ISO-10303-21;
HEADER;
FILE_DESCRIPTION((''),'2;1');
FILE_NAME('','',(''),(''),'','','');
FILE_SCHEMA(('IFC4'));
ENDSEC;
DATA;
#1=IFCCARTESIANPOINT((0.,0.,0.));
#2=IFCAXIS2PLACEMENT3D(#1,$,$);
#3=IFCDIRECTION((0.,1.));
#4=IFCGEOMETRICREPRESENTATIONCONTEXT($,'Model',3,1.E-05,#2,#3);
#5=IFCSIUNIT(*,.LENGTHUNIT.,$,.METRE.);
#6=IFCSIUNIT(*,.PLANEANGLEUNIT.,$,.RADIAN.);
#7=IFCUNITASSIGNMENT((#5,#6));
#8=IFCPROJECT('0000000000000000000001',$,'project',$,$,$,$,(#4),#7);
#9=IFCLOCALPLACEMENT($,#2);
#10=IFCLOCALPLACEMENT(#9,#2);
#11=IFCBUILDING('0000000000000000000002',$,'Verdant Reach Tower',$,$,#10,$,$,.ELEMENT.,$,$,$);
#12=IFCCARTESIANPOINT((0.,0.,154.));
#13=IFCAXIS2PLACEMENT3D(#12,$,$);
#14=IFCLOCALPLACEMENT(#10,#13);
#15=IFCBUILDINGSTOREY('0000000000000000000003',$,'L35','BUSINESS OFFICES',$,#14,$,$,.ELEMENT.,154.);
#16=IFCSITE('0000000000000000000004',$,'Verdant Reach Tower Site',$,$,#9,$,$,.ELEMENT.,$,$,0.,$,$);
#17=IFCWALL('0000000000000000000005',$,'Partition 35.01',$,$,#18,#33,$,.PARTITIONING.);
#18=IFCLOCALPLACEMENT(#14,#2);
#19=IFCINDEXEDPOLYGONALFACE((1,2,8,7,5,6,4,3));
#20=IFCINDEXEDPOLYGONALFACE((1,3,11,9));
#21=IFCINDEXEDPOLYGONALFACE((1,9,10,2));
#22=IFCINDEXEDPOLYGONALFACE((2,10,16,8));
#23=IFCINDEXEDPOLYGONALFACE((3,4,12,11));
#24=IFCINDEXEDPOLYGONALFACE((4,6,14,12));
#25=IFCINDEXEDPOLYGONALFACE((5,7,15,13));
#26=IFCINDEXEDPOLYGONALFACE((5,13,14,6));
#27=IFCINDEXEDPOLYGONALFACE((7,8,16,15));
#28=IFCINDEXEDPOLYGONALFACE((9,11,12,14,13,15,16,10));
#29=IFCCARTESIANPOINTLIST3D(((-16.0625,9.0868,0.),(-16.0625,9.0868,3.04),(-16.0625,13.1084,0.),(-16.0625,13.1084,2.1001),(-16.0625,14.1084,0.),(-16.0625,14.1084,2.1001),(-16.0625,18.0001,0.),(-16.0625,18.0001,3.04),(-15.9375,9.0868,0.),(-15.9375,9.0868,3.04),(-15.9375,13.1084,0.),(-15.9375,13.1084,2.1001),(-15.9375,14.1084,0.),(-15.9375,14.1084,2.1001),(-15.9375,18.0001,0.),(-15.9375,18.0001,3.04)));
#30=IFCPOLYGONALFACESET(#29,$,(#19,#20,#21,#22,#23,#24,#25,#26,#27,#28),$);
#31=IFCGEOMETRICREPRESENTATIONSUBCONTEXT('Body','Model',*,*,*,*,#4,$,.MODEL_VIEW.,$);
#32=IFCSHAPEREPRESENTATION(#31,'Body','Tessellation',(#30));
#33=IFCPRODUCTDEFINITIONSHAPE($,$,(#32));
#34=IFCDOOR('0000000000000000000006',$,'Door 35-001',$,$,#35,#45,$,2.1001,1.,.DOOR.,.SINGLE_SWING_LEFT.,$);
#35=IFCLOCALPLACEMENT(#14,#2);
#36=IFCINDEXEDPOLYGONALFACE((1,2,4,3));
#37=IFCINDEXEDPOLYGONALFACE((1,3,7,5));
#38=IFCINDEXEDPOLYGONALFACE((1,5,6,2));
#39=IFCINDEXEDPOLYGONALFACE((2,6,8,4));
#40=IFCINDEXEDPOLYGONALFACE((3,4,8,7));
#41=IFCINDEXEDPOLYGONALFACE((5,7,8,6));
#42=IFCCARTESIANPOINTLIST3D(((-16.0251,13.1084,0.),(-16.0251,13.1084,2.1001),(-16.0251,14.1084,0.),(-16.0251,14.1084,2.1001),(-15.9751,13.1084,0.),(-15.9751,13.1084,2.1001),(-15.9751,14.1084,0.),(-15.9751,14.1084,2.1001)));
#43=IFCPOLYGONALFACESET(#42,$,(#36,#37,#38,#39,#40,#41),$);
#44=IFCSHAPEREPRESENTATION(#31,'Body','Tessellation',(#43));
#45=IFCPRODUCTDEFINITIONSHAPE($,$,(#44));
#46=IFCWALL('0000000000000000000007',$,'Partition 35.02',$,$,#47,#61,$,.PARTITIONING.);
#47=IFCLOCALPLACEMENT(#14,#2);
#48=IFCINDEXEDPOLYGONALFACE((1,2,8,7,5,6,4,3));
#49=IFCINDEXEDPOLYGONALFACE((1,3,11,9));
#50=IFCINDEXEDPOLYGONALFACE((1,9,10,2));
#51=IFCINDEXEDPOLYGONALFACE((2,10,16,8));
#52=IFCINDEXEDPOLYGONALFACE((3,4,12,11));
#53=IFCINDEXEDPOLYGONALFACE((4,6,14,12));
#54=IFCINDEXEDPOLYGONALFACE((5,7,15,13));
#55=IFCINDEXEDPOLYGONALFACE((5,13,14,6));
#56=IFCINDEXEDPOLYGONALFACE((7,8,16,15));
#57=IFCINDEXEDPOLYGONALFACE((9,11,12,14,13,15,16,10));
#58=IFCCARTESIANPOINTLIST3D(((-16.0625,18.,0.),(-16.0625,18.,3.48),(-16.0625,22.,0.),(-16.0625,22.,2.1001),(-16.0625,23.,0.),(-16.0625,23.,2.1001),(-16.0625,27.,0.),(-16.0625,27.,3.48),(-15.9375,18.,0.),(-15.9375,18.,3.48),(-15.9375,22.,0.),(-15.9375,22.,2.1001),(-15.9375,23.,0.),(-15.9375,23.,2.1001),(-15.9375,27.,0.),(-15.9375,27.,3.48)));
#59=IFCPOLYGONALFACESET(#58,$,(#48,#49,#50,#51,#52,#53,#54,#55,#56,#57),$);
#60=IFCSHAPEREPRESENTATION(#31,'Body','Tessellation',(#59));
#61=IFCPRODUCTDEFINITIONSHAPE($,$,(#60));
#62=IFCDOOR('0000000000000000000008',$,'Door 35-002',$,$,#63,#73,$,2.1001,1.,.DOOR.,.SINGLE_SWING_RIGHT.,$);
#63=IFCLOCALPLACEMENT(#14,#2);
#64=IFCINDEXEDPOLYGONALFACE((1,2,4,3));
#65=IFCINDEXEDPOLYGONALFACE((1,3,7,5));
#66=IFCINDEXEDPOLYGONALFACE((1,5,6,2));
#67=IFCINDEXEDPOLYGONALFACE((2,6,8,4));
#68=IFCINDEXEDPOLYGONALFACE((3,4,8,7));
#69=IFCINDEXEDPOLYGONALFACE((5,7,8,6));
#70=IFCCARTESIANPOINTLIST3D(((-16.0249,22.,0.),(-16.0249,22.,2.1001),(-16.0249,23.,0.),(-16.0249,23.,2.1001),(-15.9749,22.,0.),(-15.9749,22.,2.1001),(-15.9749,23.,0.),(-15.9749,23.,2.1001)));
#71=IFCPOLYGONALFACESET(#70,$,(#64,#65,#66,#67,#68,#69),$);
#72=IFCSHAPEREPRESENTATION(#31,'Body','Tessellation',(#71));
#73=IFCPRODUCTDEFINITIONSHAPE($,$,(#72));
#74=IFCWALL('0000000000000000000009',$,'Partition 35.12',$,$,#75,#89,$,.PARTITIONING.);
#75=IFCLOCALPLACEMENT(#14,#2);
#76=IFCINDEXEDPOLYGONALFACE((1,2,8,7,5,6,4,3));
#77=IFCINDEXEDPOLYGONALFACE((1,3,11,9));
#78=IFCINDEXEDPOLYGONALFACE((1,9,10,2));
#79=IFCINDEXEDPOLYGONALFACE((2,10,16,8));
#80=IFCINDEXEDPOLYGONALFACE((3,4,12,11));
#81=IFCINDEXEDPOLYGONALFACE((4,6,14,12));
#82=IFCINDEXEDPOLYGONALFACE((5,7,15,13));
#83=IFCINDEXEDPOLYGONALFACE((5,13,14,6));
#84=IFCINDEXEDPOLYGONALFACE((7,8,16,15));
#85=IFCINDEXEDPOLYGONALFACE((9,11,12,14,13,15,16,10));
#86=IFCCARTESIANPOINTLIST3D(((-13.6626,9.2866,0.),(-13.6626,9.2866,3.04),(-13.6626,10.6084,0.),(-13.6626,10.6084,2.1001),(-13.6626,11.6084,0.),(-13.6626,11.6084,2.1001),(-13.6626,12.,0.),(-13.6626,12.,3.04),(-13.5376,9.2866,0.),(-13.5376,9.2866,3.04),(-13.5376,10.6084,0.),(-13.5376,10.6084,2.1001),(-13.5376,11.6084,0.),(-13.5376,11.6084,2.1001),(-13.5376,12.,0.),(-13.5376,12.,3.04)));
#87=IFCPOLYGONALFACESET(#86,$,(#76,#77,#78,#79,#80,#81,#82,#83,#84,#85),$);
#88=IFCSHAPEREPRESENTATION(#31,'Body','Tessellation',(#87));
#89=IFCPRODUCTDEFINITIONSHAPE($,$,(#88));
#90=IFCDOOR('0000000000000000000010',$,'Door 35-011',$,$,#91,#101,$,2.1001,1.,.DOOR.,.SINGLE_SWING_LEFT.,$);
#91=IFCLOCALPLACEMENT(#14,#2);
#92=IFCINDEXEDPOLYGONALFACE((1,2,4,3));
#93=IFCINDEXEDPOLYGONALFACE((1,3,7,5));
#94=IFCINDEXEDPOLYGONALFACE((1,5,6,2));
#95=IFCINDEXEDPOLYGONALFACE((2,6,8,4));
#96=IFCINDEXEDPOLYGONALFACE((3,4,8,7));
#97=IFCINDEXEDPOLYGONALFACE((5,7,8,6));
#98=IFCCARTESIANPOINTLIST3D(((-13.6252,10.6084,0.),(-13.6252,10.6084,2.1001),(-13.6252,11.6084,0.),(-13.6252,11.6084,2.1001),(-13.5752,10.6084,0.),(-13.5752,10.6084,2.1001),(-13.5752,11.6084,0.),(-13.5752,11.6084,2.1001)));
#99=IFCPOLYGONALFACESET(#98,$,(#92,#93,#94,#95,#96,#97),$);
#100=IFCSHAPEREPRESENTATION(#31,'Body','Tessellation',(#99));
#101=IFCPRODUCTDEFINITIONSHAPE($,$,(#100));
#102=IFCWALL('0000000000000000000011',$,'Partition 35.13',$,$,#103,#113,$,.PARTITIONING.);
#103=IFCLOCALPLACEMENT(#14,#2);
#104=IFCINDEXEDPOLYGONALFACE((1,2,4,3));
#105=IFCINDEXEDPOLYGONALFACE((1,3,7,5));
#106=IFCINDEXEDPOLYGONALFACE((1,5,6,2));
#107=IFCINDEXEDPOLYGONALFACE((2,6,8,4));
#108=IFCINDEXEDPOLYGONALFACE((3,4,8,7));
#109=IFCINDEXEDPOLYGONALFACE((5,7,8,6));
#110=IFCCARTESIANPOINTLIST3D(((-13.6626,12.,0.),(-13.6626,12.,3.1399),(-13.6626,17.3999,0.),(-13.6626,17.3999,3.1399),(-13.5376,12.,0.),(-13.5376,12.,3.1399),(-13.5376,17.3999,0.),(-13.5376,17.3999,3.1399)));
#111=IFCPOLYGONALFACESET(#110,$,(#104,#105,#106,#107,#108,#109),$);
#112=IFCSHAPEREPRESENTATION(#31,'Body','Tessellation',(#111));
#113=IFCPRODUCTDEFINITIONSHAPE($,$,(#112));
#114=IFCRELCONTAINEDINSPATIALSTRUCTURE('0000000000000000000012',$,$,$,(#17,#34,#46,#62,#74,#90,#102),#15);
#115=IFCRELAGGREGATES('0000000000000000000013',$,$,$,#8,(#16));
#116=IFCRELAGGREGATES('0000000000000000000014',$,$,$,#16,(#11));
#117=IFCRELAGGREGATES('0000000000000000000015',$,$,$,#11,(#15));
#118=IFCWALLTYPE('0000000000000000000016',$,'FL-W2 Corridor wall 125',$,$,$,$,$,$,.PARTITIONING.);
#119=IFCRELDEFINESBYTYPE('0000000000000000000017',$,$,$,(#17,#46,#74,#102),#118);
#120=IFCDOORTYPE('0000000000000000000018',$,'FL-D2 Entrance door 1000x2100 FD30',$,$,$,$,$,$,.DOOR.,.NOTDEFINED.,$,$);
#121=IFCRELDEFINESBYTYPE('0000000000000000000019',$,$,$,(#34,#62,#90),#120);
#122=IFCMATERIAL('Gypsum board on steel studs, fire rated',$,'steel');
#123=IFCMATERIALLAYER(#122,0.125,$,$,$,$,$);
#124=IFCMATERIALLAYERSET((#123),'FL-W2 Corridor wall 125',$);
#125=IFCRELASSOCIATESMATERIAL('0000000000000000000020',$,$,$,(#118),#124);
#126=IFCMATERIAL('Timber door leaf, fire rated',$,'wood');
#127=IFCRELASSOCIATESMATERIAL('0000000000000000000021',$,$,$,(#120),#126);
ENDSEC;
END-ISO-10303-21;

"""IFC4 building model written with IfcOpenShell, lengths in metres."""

from ifc_helpers import new_model, si_unit, direction, frame, frame_2d, origin, place, context, subcontext, project, spatial, rectangle, extrude, material, layer, layer_set, type_object, element, fill, save


model = new_model("IFC4")

# Units and contexts
model_context = context("Model", 3, precision=1e-05, world=origin(), true_north=direction((0.0, 1.0)))
body_context = subcontext(model_context, "Body", "Model", "MODEL_VIEW")
ifc_project = project(units=[si_unit("LENGTHUNIT", "METRE"), si_unit("PLANEANGLEUNIT", "RADIAN")], contexts=[model_context])

# Site, building, storey
site_placement = place(None, origin())
site = spatial("IfcSite", under=ifc_project, at=site_placement, Name="Verdant Reach Tower Site", CompositionType="ELEMENT", RefElevation=0.0)
building_placement = place(site_placement, origin())
building = spatial("IfcBuilding", under=site, at=building_placement, Name="Verdant Reach Tower", CompositionType="ELEMENT")
storey_placement = place(building_placement, frame((0.0, 0.0, 154.0)))
storey = spatial("IfcBuildingStorey", under=building, at=storey_placement, Name="L35", Description="BUSINESS OFFICES", CompositionType="ELEMENT", Elevation=154.0)

# Walls, openings, doors
ifc_material_1 = material(Name="Gypsum board on steel studs, fire rated", Category="steel")
ifc_layer_1 = layer(ifc_material_1, 0.125)
ifc_layer_set_1 = layer_set([ifc_layer_1], Name="FL-W2 Corridor wall 125")
wall_type = type_object("IfcWallType", Name="FL-W2 Corridor wall 125", PredefinedType="PARTITIONING", material=ifc_layer_set_1)
wall_1_placement = place(storey_placement, frame((-16.0, 18.0, 0.0), z_axis=(0.0, 0.0, 1.0), x_axis=(0.0, -1.0, 0.0)))
wall_1 = element("IfcWall", 1, at=wall_1_placement, inside=storey, type_object=wall_type, Name="Partition 35.01", PredefinedType="PARTITIONING", context=body_context, shape_type="SweptSolid", body=[
    extrude(rectangle(XDim=8.9133, YDim=0.125, at=frame_2d((4.4565, 0.0))), origin(), (0.0, 0.0, 1.0), 3.04),
])
opening_1_placement = place(wall_1_placement, frame((3.8916, 0.0, 0.0)))
opening_1 = element("IfcOpeningElement", 2, at=opening_1_placement, cuts=wall_1, PredefinedType="OPENING", context=body_context, shape_type="SweptSolid", body=[
    extrude(rectangle(XDim=1.0, YDim=2.1001, at=frame_2d((0.5, 1.05))), frame((0.0, 0.0725, 0.0), z_axis=(0.0, -1.0, 0.0), x_axis=(1.0, 0.0, 0.0)), (0.0, 0.0, 1.0), 0.145),
])
ifc_material_2 = material(Name="Timber door leaf, fire rated", Category="wood")
door_type = type_object("IfcDoorType", Name="FL-D2 Entrance door 1000x2100 FD30", OperationType="NOTDEFINED", PredefinedType="DOOR", material=ifc_material_2)
door_1_placement = place(opening_1_placement, origin())
door_1 = element("IfcDoor", 3, at=door_1_placement, inside=storey, type_object=door_type, Name="Door 35-001", OperationType="SINGLE_SWING_LEFT", OverallHeight=2.1001, OverallWidth=1.0, PredefinedType="DOOR", context=body_context, shape_type="SweptSolid", body=[
    extrude(rectangle(XDim=1.0, YDim=2.1001, at=frame_2d((0.5, 1.05))), frame((0.0, 0.0249, 0.0), z_axis=(0.0, -1.0, 0.0), x_axis=(1.0, 0.0, 0.0)), (0.0, 0.0, 1.0), 0.05),
])
fill(opening_1, door_1)
wall_2_placement = place(storey_placement, frame((-16.0, 18.0, 0.0), z_axis=(0.0, 0.0, 1.0), x_axis=(0.0, 1.0, 0.0)))
wall_2 = element("IfcWall", 4, at=wall_2_placement, inside=storey, type_object=wall_type, Name="Partition 35.02", PredefinedType="PARTITIONING", context=body_context, shape_type="SweptSolid", body=[
    extrude(rectangle(XDim=9.0, YDim=0.125, at=frame_2d((4.5, 0.0))), origin(), (0.0, 0.0, 1.0), 3.48),
])
opening_2_placement = place(wall_2_placement, frame((4.0, 0.0, 0.0)))
opening_2 = element("IfcOpeningElement", 5, at=opening_2_placement, cuts=wall_2, PredefinedType="OPENING", context=body_context, shape_type="SweptSolid", body=[
    extrude(rectangle(XDim=1.0, YDim=2.1001, at=frame_2d((0.5, 1.05))), frame((0.0, 0.0725, 0.0), z_axis=(0.0, -1.0, 0.0), x_axis=(1.0, 0.0, 0.0)), (0.0, 0.0, 1.0), 0.145),
])
door_2_placement = place(opening_2_placement, origin())
door_2 = element("IfcDoor", 6, at=door_2_placement, inside=storey, type_object=door_type, Name="Door 35-002", OperationType="SINGLE_SWING_RIGHT", OverallHeight=2.1001, OverallWidth=1.0, PredefinedType="DOOR", context=body_context, shape_type="SweptSolid", body=[
    extrude(rectangle(XDim=1.0, YDim=2.1001, at=frame_2d((0.5, 1.05))), frame((0.0, 0.0249, 0.0), z_axis=(0.0, -1.0, 0.0), x_axis=(1.0, 0.0, 0.0)), (0.0, 0.0, 1.0), 0.05),
])
fill(opening_2, door_2)
wall_3_placement = place(storey_placement, frame((-13.6001, 12.0, 0.0), z_axis=(0.0, 0.0, 1.0), x_axis=(0.0, -1.0, 0.0)))
wall_3 = element("IfcWall", 7, at=wall_3_placement, inside=storey, type_object=wall_type, Name="Partition 35.12", PredefinedType="PARTITIONING", context=body_context, shape_type="SweptSolid", body=[
    extrude(rectangle(XDim=2.7134, YDim=0.125, at=frame_2d((1.3567, 0.0))), origin(), (0.0, 0.0, 1.0), 3.04),
])
opening_3_placement = place(wall_3_placement, frame((0.3916, 0.0, 0.0)))
opening_3 = element("IfcOpeningElement", 8, at=opening_3_placement, cuts=wall_3, PredefinedType="OPENING", context=body_context, shape_type="SweptSolid", body=[
    extrude(rectangle(XDim=1.0, YDim=2.1001, at=frame_2d((0.5, 1.05))), frame((0.0, 0.0725, 0.0), z_axis=(0.0, -1.0, 0.0), x_axis=(1.0, 0.0, 0.0)), (0.0, 0.0, 1.0), 0.145),
])
door_3_placement = place(opening_3_placement, origin())
door_3 = element("IfcDoor", 9, at=door_3_placement, inside=storey, type_object=door_type, Name="Door 35-011", OperationType="SINGLE_SWING_LEFT", OverallHeight=2.1001, OverallWidth=1.0, PredefinedType="DOOR", context=body_context, shape_type="SweptSolid", body=[
    extrude(rectangle(XDim=1.0, YDim=2.1001, at=frame_2d((0.5, 1.05))), frame((0.0, 0.0249, 0.0), z_axis=(0.0, -1.0, 0.0), x_axis=(1.0, 0.0, 0.0)), (0.0, 0.0, 1.0), 0.05),
])
fill(opening_3, door_3)

# Wall
wall_4_placement = place(storey_placement, frame((-13.6001, 12.0, 0.0), z_axis=(0.0, 0.0, 1.0), x_axis=(0.0, 1.0, 0.0)))
element("IfcWall", 10, at=wall_4_placement, inside=storey, type_object=wall_type, Name="Partition 35.13", PredefinedType="PARTITIONING", context=body_context, shape_type="SweptSolid", body=[
    extrude(rectangle(XDim=5.3999, YDim=0.125, at=frame_2d((2.7, 0.0))), origin(), (0.0, 0.0, 1.0), 3.1399),
])

save(model, "model.ifc")
